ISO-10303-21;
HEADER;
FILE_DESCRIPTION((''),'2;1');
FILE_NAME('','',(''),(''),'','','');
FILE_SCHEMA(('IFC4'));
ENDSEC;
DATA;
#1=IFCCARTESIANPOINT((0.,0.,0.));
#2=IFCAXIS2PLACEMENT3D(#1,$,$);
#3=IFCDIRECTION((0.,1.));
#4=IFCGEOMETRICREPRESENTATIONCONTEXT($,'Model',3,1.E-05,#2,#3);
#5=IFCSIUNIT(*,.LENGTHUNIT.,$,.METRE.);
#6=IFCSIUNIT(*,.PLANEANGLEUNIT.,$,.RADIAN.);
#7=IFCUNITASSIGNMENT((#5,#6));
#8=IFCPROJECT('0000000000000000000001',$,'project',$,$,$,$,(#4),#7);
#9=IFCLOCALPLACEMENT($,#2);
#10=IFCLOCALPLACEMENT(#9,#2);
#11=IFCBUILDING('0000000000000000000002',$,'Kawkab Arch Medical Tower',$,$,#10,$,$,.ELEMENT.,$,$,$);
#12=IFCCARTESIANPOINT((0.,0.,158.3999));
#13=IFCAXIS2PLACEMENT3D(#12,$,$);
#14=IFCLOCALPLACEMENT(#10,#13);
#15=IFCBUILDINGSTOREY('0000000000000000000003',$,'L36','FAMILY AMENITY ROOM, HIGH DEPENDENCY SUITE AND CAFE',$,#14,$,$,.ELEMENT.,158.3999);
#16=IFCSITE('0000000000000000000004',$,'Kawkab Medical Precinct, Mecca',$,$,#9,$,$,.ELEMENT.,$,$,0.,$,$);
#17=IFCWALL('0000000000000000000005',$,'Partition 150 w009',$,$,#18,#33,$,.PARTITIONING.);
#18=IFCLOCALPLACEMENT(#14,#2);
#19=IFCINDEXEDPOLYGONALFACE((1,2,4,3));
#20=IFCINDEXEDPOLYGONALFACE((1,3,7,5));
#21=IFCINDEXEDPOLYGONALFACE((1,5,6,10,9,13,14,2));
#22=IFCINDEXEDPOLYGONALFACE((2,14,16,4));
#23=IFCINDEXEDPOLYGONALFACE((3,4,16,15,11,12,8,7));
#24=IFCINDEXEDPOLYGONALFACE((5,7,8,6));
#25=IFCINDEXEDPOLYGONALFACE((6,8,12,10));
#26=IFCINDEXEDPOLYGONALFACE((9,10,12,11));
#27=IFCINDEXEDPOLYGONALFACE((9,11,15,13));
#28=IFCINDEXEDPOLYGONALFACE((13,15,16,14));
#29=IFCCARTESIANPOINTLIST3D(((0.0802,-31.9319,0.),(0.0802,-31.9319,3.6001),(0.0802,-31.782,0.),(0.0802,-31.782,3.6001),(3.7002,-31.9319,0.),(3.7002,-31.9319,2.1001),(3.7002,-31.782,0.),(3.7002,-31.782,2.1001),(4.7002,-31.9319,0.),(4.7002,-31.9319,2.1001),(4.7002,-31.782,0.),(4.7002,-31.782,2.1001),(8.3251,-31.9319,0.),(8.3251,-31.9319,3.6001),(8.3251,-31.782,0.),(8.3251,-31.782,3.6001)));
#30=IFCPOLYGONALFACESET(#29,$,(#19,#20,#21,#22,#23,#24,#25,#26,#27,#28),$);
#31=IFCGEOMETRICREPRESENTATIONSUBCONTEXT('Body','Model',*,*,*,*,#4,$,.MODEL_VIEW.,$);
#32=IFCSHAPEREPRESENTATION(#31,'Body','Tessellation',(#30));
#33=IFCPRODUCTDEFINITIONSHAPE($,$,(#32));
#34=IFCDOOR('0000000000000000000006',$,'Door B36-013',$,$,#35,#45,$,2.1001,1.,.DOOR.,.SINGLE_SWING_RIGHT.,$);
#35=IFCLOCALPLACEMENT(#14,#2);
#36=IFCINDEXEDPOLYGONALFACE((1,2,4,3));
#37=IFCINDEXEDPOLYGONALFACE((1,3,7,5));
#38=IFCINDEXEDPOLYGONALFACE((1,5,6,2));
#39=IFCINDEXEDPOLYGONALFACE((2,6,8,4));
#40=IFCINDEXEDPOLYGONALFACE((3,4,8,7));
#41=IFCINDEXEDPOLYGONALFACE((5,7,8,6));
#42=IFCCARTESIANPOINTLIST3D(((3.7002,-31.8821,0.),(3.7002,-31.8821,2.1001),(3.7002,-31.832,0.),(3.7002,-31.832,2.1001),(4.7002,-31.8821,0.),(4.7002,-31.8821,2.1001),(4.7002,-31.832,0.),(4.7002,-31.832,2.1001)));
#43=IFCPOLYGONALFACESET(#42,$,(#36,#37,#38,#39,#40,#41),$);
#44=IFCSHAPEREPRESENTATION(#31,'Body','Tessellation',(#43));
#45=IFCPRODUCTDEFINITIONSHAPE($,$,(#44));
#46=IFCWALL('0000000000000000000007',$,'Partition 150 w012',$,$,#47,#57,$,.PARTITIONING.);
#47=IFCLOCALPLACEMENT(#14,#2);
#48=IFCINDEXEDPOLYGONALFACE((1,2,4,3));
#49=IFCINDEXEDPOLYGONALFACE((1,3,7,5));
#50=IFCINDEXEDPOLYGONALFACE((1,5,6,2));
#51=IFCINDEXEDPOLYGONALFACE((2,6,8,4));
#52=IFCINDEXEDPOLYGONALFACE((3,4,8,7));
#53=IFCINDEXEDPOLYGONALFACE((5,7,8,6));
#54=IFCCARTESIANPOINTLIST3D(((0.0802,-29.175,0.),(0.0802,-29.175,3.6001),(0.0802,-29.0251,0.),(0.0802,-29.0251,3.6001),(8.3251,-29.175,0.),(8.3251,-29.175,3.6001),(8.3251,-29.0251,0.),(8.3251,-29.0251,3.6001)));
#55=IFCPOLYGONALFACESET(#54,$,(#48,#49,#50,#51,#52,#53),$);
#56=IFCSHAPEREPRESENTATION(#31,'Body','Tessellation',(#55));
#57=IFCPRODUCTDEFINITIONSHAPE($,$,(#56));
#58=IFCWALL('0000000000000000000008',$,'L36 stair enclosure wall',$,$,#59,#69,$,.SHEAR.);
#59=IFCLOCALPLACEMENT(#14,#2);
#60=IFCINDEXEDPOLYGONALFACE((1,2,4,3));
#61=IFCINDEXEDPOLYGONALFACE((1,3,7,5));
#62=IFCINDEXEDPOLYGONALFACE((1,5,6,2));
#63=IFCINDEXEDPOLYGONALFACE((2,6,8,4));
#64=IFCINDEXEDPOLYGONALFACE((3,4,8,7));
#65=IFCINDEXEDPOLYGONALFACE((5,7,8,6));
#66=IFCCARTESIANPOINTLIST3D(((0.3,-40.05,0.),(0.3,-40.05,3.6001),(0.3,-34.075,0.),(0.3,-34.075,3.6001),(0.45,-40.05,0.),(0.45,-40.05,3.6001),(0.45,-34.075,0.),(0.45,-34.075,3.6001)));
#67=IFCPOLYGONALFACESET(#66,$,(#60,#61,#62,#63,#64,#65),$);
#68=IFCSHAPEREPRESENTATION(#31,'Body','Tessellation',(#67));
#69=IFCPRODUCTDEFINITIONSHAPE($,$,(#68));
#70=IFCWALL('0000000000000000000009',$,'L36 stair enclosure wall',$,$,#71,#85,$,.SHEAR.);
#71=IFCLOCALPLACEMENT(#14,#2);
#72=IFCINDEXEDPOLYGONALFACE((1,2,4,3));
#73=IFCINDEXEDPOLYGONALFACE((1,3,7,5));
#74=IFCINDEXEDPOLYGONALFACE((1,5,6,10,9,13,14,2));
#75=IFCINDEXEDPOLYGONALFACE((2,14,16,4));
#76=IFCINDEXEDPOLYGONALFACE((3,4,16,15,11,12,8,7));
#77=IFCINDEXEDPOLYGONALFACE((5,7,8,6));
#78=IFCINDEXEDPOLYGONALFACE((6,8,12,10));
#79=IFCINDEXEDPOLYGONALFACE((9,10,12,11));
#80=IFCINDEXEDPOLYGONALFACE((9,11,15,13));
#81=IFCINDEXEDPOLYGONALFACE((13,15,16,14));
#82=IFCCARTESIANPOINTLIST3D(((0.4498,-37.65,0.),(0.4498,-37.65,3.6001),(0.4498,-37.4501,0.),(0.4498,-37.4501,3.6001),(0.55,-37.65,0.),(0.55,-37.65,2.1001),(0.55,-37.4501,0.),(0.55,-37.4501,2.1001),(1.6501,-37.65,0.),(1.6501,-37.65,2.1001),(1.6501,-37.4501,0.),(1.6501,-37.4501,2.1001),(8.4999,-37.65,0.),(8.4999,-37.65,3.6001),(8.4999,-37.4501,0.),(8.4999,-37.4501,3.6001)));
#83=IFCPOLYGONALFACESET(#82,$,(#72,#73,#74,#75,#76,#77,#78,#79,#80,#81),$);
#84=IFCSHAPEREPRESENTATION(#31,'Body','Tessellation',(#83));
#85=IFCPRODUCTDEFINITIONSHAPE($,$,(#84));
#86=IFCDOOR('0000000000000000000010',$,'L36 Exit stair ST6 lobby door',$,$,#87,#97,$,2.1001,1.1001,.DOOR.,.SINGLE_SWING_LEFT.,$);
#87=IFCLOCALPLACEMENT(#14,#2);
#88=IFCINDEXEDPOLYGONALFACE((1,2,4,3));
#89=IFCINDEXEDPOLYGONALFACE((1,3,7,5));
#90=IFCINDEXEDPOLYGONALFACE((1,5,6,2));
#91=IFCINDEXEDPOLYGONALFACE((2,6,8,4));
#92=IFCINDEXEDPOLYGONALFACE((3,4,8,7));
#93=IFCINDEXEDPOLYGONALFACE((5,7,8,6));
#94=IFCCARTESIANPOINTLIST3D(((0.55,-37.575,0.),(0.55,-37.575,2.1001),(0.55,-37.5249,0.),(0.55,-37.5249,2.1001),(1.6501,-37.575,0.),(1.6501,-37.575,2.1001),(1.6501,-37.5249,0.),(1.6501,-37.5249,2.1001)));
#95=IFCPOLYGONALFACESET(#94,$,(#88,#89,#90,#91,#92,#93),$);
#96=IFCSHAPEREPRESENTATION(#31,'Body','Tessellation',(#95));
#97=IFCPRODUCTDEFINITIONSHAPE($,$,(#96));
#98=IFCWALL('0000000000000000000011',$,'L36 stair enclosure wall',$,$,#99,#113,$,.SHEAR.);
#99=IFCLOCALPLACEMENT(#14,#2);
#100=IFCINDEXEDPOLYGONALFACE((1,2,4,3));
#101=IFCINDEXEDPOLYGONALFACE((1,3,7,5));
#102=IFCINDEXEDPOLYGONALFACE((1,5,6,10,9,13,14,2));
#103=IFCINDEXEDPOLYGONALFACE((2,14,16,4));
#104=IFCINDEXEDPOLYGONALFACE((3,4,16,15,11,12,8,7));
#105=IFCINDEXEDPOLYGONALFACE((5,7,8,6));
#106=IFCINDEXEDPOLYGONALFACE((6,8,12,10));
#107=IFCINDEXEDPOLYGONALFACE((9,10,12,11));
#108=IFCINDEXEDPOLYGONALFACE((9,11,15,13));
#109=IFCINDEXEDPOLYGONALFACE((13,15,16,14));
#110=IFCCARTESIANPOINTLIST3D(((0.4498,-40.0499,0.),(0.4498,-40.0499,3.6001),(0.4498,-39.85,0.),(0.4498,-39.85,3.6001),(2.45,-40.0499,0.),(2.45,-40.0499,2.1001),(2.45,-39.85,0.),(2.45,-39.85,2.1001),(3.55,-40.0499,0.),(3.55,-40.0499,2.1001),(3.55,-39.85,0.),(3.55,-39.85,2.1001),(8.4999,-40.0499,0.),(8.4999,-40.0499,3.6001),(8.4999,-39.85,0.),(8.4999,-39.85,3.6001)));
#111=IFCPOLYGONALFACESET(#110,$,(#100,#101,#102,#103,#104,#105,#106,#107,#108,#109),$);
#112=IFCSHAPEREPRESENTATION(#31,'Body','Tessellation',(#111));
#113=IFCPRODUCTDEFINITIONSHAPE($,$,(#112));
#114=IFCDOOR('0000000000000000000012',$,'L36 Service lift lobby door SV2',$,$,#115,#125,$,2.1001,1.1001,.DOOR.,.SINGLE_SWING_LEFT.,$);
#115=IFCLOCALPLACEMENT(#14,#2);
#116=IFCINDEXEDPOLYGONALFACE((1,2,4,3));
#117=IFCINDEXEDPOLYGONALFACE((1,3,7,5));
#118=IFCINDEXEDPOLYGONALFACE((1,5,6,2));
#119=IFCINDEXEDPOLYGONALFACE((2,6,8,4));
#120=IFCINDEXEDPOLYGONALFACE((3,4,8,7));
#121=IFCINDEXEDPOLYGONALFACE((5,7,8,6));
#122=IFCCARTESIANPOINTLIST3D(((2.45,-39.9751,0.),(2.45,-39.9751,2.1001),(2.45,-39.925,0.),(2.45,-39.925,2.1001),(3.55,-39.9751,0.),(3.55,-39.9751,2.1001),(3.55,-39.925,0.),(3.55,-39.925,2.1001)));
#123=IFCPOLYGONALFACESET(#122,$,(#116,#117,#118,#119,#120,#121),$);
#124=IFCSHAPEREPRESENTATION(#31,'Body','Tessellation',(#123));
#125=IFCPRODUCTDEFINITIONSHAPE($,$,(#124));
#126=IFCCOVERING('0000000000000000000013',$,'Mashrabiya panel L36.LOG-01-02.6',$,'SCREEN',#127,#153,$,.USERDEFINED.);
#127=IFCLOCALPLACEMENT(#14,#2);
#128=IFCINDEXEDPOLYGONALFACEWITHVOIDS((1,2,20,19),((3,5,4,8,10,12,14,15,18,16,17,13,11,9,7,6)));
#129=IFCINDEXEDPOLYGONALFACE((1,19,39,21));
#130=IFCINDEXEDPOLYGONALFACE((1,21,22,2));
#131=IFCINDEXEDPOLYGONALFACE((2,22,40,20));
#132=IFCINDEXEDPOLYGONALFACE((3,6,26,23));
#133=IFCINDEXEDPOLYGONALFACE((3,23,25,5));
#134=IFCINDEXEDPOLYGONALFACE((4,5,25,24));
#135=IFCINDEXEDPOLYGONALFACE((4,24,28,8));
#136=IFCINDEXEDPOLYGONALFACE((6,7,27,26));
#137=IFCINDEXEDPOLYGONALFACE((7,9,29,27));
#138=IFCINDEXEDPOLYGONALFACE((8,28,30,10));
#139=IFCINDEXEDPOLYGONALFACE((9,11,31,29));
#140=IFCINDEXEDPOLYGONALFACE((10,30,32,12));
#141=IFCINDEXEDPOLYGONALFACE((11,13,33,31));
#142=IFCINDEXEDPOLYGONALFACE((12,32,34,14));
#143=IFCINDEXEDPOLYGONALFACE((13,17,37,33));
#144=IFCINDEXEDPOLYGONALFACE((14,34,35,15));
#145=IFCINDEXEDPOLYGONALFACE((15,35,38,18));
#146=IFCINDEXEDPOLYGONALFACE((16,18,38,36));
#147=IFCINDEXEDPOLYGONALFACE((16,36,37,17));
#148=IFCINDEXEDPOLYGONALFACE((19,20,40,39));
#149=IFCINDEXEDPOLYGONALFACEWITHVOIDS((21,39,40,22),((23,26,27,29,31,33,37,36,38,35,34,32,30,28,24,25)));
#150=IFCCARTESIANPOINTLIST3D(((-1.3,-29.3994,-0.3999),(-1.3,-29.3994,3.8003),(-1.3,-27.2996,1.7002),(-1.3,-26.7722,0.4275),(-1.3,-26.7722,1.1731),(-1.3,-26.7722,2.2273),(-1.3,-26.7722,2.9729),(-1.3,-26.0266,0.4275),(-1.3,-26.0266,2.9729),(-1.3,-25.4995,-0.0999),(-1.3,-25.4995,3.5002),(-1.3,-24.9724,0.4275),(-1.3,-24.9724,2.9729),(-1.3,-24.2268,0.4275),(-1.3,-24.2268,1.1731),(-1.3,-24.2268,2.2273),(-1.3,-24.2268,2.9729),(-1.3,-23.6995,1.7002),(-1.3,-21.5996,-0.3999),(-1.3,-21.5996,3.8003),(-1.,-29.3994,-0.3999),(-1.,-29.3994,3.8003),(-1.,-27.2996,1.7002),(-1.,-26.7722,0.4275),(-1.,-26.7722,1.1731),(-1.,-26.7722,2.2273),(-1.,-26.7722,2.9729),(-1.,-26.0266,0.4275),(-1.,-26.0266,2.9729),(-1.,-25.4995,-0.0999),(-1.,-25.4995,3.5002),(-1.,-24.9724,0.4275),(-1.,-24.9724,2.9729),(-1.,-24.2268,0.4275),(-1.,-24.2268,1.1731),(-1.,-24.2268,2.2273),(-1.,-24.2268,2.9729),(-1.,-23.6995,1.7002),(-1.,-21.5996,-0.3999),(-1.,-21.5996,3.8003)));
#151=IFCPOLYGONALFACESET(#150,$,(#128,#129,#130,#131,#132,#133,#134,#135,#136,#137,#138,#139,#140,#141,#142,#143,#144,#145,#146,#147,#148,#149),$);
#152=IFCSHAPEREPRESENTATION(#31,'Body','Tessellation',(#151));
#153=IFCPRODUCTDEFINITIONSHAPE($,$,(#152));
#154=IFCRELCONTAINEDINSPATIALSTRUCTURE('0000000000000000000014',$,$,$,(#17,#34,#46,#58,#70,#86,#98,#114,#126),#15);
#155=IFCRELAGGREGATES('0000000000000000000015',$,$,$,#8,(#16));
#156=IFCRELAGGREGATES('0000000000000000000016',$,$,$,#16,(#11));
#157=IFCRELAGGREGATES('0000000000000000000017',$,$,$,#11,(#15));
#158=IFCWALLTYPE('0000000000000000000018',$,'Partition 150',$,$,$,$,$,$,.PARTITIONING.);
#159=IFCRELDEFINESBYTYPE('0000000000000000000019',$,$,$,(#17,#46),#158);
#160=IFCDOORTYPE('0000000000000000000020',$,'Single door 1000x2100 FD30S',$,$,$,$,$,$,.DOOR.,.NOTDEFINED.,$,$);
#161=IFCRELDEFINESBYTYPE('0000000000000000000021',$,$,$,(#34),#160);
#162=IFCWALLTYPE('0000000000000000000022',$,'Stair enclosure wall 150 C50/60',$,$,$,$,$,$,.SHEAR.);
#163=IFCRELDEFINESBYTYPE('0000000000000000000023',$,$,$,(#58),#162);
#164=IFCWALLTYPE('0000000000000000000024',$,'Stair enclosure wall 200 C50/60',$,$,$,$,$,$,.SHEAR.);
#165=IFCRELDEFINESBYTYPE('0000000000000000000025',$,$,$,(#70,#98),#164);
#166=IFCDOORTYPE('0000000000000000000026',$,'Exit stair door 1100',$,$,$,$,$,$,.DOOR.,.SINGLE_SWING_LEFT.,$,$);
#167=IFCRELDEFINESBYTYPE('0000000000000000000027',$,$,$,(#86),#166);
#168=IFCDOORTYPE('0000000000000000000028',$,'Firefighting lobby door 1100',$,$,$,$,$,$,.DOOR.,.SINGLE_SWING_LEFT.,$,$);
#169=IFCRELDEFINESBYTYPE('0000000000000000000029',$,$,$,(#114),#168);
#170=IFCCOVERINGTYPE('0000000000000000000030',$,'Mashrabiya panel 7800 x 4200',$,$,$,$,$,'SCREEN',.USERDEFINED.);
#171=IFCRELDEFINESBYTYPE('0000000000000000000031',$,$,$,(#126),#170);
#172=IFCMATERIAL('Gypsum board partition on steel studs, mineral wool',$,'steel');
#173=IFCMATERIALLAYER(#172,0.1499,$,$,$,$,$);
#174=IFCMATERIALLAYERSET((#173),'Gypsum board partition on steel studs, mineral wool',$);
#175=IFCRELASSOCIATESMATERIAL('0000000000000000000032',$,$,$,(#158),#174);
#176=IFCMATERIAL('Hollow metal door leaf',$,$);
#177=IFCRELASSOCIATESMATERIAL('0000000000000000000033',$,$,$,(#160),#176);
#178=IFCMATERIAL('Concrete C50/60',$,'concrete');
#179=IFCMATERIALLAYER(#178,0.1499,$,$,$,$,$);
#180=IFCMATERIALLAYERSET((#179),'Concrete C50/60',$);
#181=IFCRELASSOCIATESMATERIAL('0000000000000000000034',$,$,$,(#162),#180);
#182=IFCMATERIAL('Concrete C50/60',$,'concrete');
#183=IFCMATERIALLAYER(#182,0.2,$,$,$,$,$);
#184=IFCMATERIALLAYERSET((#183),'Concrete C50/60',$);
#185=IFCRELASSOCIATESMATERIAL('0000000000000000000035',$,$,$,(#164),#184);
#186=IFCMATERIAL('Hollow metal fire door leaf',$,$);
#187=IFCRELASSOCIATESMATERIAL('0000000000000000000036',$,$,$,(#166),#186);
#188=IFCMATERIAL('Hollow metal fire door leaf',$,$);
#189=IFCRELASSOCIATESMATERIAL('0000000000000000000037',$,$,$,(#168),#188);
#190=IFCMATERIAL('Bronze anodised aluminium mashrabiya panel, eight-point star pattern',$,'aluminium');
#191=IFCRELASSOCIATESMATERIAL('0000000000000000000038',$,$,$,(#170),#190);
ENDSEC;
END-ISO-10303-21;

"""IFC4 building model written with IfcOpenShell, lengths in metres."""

from ifc_helpers import new_model, si_unit, direction, frame, frame_2d, origin, place, context, subcontext, project, spatial, polyline, rectangle, outline, extrude, material, layer, layer_set, material_profile, profile_set, type_object, element, fill, save


model = new_model("IFC4")

# Units and contexts
model_context = context("Model", 3, precision=1e-05, world=origin(), true_north=direction((0.0, 1.0)))
body_context = subcontext(model_context, "Body", "Model", "MODEL_VIEW")
ifc_project = project(units=[si_unit("LENGTHUNIT", "METRE"), si_unit("PLANEANGLEUNIT", "RADIAN")], contexts=[model_context])

# Site, building, storey
site_placement = place(None, origin())
site = spatial("IfcSite", under=ifc_project, at=site_placement, Name="Kawkab Medical Precinct, Mecca", CompositionType="ELEMENT", RefElevation=0.0)
building_placement = place(site_placement, origin())
building = spatial("IfcBuilding", under=site, at=building_placement, Name="Kawkab Arch Medical Tower", CompositionType="ELEMENT")
storey_placement = place(building_placement, frame((0.0, 0.0, 158.3999)))
storey = spatial("IfcBuildingStorey", under=building, at=storey_placement, Name="L36", Description="FAMILY AMENITY ROOM, HIGH DEPENDENCY SUITE AND CAFE", CompositionType="ELEMENT", Elevation=158.3999)

# Shared definitions
ifc_material_1 = material(Name="Gypsum board partition on steel studs, mineral wool", Category="steel")
ifc_layer_1 = layer(ifc_material_1, 0.1499)
ifc_layer_set_1 = layer_set([ifc_layer_1], Name="Gypsum board partition on steel studs, mineral wool")
wall_type_1 = type_object("IfcWallType", Name="Partition 150", PredefinedType="PARTITIONING", material=ifc_layer_set_1)

# Wall, opening, door
wall_1_placement = place(storey_placement, frame((0.0801, -31.8569, 0.0), z_axis=(0.0, 0.0, 1.0), x_axis=(1.0, 0.0, 0.0)))
wall_1 = element("IfcWall", 1, at=wall_1_placement, inside=storey, type_object=wall_type_1, Name="Partition 150 w009", PredefinedType="PARTITIONING", context=body_context, shape_type="SweptSolid", body=[
    extrude(rectangle(XDim=8.2449, YDim=0.1499, at=frame_2d((4.1226, 0.0))), origin(), (0.0, 0.0, 1.0), 3.6001),
])
opening_1_placement = place(wall_1_placement, frame((3.6201, 0.0, 0.0)))
opening_1 = element("IfcOpeningElement", 2, at=opening_1_placement, cuts=wall_1, PredefinedType="OPENING", context=body_context, shape_type="SweptSolid", body=[
    extrude(rectangle(XDim=1.0, YDim=2.1001, at=frame_2d((0.5, 1.05))), frame((0.0, 0.085, 0.0), z_axis=(0.0, -1.0, 0.0), x_axis=(1.0, 0.0, 0.0)), (0.0, 0.0, 1.0), 0.1699),
])
ifc_material_2 = material(Name="Hollow metal door leaf")
door_type_1 = type_object("IfcDoorType", Name="Single door 1000x2100 FD30S", OperationType="NOTDEFINED", PredefinedType="DOOR", material=ifc_material_2)
door_1_placement = place(opening_1_placement, origin())
door_1 = element("IfcDoor", 3, at=door_1_placement, inside=storey, type_object=door_type_1, Name="Door B36-013", OperationType="SINGLE_SWING_RIGHT", OverallHeight=2.1001, OverallWidth=1.0, PredefinedType="DOOR", context=body_context, shape_type="SweptSolid", body=[
    extrude(rectangle(XDim=1.0, YDim=2.1001, at=frame_2d((0.5, 1.05))), frame((0.0, 0.0249, 0.0), z_axis=(0.0, -1.0, 0.0), x_axis=(1.0, 0.0, 0.0)), (0.0, 0.0, 1.0), 0.05),
])
fill(opening_1, door_1)

# Walls
wall_2_placement = place(storey_placement, frame((0.0801, -29.1001, 0.0), z_axis=(0.0, 0.0, 1.0), x_axis=(1.0, 0.0, 0.0)))
element("IfcWall", 4, at=wall_2_placement, inside=storey, type_object=wall_type_1, Name="Partition 150 w012", PredefinedType="PARTITIONING", context=body_context, shape_type="SweptSolid", body=[
    extrude(rectangle(XDim=8.2449, YDim=0.1499, at=frame_2d((4.1226, 0.0))), origin(), (0.0, 0.0, 1.0), 3.6001),
])
ifc_material_3 = material(Name="Concrete C50/60", Category="concrete")
ifc_layer_2 = layer(ifc_material_3, 0.1499)
ifc_layer_set_2 = layer_set([ifc_layer_2], Name="Concrete C50/60")
wall_type_2 = type_object("IfcWallType", Name="Stair enclosure wall 150 C50/60", PredefinedType="SHEAR", material=ifc_layer_set_2)
wall_3_placement = place(storey_placement, frame((0.375, -40.05, 0.0), z_axis=(0.0, 0.0, 1.0), x_axis=(0.0, 1.0, 0.0)))
element("IfcWall", 5, at=wall_3_placement, inside=storey, type_object=wall_type_2, Name="L36 stair enclosure wall", PredefinedType="SHEAR", context=body_context, shape_type="SweptSolid", body=[
    extrude(rectangle(XDim=5.9751, YDim=0.1499, at=frame_2d((2.9875, 0.0))), origin(), (0.0, 0.0, 1.0), 3.6001),
])

# Walls, openings, doors
ifc_material_4 = material(Name="Concrete C50/60", Category="concrete")
ifc_layer_3 = layer(ifc_material_4, 0.2)
ifc_layer_set_3 = layer_set([ifc_layer_3], Name="Concrete C50/60")
wall_type_3 = type_object("IfcWallType", Name="Stair enclosure wall 200 C50/60", PredefinedType="SHEAR", material=ifc_layer_set_3)
wall_4_placement = place(storey_placement, frame((0.45, -37.55, 0.0), z_axis=(0.0, 0.0, 1.0), x_axis=(1.0, 0.0, 0.0)))
wall_4 = element("IfcWall", 6, at=wall_4_placement, inside=storey, type_object=wall_type_3, Name="L36 stair enclosure wall", PredefinedType="SHEAR", context=body_context, shape_type="SweptSolid", body=[
    extrude(rectangle(XDim=8.05, YDim=0.2, at=frame_2d((4.0249, 0.0))), origin(), (0.0, 0.0, 1.0), 3.6001),
])
opening_2_placement = place(wall_4_placement, frame((0.1001, 0.0, 0.0)))
opening_2 = element("IfcOpeningElement", 7, at=opening_2_placement, cuts=wall_4, PredefinedType="OPENING", context=body_context, shape_type="SweptSolid", body=[
    extrude(rectangle(XDim=1.1001, YDim=2.1001, at=frame_2d((0.55, 1.05))), frame((0.0, 0.1099, 0.0), z_axis=(0.0, -1.0, 0.0), x_axis=(1.0, 0.0, 0.0)), (0.0, 0.0, 1.0), 0.22),
])
ifc_material_5 = material(Name="Hollow metal fire door leaf")
door_type_2 = type_object("IfcDoorType", Name="Exit stair door 1100", OperationType="SINGLE_SWING_LEFT", PredefinedType="DOOR", material=ifc_material_5)
door_2_placement = place(opening_2_placement, frame((1.1001, 0.0, 0.0), z_axis=(0.0, 0.0, 1.0), x_axis=(-1.0, 0.0, 0.0)))
door_2 = element("IfcDoor", 8, at=door_2_placement, inside=storey, type_object=door_type_2, Name="L36 Exit stair ST6 lobby door", OperationType="SINGLE_SWING_LEFT", OverallHeight=2.1001, OverallWidth=1.1001, PredefinedType="DOOR", context=body_context, shape_type="SweptSolid", body=[
    extrude(rectangle(XDim=1.1001, YDim=2.1001, at=frame_2d((0.55, 1.05))), frame((0.0, 0.0249, 0.0), z_axis=(0.0, -1.0, 0.0), x_axis=(1.0, 0.0, 0.0)), (0.0, 0.0, 1.0), 0.05),
])
fill(opening_2, door_2)
wall_5_placement = place(storey_placement, frame((0.45, -39.95, 0.0), z_axis=(0.0, 0.0, 1.0), x_axis=(1.0, 0.0, 0.0)))
wall_5 = element("IfcWall", 9, at=wall_5_placement, inside=storey, type_object=wall_type_3, Name="L36 stair enclosure wall", PredefinedType="SHEAR", context=body_context, shape_type="SweptSolid", body=[
    extrude(rectangle(XDim=8.05, YDim=0.2, at=frame_2d((4.0249, 0.0))), origin(), (0.0, 0.0, 1.0), 3.6001),
])
opening_3_placement = place(wall_5_placement, frame((2.0, 0.0, 0.0)))
opening_3 = element("IfcOpeningElement", 10, at=opening_3_placement, cuts=wall_5, PredefinedType="OPENING", context=body_context, shape_type="SweptSolid", body=[
    extrude(rectangle(XDim=1.1001, YDim=2.1001, at=frame_2d((0.55, 1.05))), frame((0.0, 0.1099, 0.0), z_axis=(0.0, -1.0, 0.0), x_axis=(1.0, 0.0, 0.0)), (0.0, 0.0, 1.0), 0.22),
])
ifc_material_6 = material(Name="Hollow metal fire door leaf")
door_type_3 = type_object("IfcDoorType", Name="Firefighting lobby door 1100", OperationType="SINGLE_SWING_LEFT", PredefinedType="DOOR", material=ifc_material_6)
door_3_placement = place(opening_3_placement, origin())
door_3 = element("IfcDoor", 11, at=door_3_placement, inside=storey, type_object=door_type_3, Name="L36 Service lift lobby door SV2", OperationType="SINGLE_SWING_LEFT", OverallHeight=2.1001, OverallWidth=1.1001, PredefinedType="DOOR", context=body_context, shape_type="SweptSolid", body=[
    extrude(rectangle(XDim=1.1001, YDim=2.1001, at=frame_2d((0.55, 1.05))), frame((0.0, 0.0249, 0.0), z_axis=(0.0, -1.0, 0.0), x_axis=(1.0, 0.0, 0.0)), (0.0, 0.0, 1.0), 0.05),
])
fill(opening_3, door_3)

# Covering
ifc_material_7 = material(Name="Bronze anodised aluminium mashrabiya panel, eight-point star pattern", Category="aluminium")
ifc_material_profile_1 = material_profile(ifc_material_7, outline(polyline([(-3.8999, -2.1001), (3.8999, -2.1001), (3.8999, 2.1001), (-3.8999, 2.1001), (-3.8999, -2.1001)]), holes=[polyline([(1.8, 0.0), (1.2727, 0.5271), (1.2727, 1.2727), (0.5271, 1.2727), (0.0, 1.8), (-0.5271, 1.2727), (-1.2727, 1.2727), (-1.2727, 0.5271), (-1.8, 0.0), (-1.2727, -0.5271), (-1.2727, -1.2727), (-0.5271, -1.2727), (0.0, -1.8), (0.5271, -1.2727), (1.2727, -1.2727), (1.2727, -0.5271), (1.8, 0.0)])]), Name="Mashrabiya panel 7800x4200")
ifc_profile_set_1 = profile_set([ifc_material_profile_1], Name="Bronze anodised aluminium mashrabiya panel, eight-point star pattern")
covering_type_1 = type_object("IfcCoveringType", Name="Mashrabiya panel 7800 x 4200", ElementType="SCREEN", PredefinedType="USERDEFINED", material=ifc_profile_set_1)
covering_1_placement = place(storey_placement, frame((-1.0, -25.4995, 1.7002), z_axis=(-1.0, 0.0, 0.0), x_axis=(0.0, -1.0, 0.0)))
element("IfcCovering", 12, at=covering_1_placement, inside=storey, type_object=covering_type_1, Name="Mashrabiya panel L36.LOG-01-02.6", ObjectType="SCREEN", PredefinedType="USERDEFINED", context=body_context, shape_type="SweptSolid", body=[
    extrude(outline(polyline([(-3.8999, -2.1001), (3.8999, -2.1001), (3.8999, 2.1001), (-3.8999, 2.1001), (-3.8999, -2.1001)]), holes=[polyline([(1.8, 0.0), (1.2727, 0.5271), (1.2727, 1.2727), (0.5271, 1.2727), (0.0, 1.8), (-0.5271, 1.2727), (-1.2727, 1.2727), (-1.2727, 0.5271), (-1.8, 0.0), (-1.2727, -0.5271), (-1.2727, -1.2727), (-0.5271, -1.2727), (0.0, -1.8), (0.5271, -1.2727), (1.2727, -1.2727), (1.2727, -0.5271), (1.8, 0.0)])]), origin(), (0.0, 0.0, 1.0), 0.3),
])

save(model, "model.ifc")
